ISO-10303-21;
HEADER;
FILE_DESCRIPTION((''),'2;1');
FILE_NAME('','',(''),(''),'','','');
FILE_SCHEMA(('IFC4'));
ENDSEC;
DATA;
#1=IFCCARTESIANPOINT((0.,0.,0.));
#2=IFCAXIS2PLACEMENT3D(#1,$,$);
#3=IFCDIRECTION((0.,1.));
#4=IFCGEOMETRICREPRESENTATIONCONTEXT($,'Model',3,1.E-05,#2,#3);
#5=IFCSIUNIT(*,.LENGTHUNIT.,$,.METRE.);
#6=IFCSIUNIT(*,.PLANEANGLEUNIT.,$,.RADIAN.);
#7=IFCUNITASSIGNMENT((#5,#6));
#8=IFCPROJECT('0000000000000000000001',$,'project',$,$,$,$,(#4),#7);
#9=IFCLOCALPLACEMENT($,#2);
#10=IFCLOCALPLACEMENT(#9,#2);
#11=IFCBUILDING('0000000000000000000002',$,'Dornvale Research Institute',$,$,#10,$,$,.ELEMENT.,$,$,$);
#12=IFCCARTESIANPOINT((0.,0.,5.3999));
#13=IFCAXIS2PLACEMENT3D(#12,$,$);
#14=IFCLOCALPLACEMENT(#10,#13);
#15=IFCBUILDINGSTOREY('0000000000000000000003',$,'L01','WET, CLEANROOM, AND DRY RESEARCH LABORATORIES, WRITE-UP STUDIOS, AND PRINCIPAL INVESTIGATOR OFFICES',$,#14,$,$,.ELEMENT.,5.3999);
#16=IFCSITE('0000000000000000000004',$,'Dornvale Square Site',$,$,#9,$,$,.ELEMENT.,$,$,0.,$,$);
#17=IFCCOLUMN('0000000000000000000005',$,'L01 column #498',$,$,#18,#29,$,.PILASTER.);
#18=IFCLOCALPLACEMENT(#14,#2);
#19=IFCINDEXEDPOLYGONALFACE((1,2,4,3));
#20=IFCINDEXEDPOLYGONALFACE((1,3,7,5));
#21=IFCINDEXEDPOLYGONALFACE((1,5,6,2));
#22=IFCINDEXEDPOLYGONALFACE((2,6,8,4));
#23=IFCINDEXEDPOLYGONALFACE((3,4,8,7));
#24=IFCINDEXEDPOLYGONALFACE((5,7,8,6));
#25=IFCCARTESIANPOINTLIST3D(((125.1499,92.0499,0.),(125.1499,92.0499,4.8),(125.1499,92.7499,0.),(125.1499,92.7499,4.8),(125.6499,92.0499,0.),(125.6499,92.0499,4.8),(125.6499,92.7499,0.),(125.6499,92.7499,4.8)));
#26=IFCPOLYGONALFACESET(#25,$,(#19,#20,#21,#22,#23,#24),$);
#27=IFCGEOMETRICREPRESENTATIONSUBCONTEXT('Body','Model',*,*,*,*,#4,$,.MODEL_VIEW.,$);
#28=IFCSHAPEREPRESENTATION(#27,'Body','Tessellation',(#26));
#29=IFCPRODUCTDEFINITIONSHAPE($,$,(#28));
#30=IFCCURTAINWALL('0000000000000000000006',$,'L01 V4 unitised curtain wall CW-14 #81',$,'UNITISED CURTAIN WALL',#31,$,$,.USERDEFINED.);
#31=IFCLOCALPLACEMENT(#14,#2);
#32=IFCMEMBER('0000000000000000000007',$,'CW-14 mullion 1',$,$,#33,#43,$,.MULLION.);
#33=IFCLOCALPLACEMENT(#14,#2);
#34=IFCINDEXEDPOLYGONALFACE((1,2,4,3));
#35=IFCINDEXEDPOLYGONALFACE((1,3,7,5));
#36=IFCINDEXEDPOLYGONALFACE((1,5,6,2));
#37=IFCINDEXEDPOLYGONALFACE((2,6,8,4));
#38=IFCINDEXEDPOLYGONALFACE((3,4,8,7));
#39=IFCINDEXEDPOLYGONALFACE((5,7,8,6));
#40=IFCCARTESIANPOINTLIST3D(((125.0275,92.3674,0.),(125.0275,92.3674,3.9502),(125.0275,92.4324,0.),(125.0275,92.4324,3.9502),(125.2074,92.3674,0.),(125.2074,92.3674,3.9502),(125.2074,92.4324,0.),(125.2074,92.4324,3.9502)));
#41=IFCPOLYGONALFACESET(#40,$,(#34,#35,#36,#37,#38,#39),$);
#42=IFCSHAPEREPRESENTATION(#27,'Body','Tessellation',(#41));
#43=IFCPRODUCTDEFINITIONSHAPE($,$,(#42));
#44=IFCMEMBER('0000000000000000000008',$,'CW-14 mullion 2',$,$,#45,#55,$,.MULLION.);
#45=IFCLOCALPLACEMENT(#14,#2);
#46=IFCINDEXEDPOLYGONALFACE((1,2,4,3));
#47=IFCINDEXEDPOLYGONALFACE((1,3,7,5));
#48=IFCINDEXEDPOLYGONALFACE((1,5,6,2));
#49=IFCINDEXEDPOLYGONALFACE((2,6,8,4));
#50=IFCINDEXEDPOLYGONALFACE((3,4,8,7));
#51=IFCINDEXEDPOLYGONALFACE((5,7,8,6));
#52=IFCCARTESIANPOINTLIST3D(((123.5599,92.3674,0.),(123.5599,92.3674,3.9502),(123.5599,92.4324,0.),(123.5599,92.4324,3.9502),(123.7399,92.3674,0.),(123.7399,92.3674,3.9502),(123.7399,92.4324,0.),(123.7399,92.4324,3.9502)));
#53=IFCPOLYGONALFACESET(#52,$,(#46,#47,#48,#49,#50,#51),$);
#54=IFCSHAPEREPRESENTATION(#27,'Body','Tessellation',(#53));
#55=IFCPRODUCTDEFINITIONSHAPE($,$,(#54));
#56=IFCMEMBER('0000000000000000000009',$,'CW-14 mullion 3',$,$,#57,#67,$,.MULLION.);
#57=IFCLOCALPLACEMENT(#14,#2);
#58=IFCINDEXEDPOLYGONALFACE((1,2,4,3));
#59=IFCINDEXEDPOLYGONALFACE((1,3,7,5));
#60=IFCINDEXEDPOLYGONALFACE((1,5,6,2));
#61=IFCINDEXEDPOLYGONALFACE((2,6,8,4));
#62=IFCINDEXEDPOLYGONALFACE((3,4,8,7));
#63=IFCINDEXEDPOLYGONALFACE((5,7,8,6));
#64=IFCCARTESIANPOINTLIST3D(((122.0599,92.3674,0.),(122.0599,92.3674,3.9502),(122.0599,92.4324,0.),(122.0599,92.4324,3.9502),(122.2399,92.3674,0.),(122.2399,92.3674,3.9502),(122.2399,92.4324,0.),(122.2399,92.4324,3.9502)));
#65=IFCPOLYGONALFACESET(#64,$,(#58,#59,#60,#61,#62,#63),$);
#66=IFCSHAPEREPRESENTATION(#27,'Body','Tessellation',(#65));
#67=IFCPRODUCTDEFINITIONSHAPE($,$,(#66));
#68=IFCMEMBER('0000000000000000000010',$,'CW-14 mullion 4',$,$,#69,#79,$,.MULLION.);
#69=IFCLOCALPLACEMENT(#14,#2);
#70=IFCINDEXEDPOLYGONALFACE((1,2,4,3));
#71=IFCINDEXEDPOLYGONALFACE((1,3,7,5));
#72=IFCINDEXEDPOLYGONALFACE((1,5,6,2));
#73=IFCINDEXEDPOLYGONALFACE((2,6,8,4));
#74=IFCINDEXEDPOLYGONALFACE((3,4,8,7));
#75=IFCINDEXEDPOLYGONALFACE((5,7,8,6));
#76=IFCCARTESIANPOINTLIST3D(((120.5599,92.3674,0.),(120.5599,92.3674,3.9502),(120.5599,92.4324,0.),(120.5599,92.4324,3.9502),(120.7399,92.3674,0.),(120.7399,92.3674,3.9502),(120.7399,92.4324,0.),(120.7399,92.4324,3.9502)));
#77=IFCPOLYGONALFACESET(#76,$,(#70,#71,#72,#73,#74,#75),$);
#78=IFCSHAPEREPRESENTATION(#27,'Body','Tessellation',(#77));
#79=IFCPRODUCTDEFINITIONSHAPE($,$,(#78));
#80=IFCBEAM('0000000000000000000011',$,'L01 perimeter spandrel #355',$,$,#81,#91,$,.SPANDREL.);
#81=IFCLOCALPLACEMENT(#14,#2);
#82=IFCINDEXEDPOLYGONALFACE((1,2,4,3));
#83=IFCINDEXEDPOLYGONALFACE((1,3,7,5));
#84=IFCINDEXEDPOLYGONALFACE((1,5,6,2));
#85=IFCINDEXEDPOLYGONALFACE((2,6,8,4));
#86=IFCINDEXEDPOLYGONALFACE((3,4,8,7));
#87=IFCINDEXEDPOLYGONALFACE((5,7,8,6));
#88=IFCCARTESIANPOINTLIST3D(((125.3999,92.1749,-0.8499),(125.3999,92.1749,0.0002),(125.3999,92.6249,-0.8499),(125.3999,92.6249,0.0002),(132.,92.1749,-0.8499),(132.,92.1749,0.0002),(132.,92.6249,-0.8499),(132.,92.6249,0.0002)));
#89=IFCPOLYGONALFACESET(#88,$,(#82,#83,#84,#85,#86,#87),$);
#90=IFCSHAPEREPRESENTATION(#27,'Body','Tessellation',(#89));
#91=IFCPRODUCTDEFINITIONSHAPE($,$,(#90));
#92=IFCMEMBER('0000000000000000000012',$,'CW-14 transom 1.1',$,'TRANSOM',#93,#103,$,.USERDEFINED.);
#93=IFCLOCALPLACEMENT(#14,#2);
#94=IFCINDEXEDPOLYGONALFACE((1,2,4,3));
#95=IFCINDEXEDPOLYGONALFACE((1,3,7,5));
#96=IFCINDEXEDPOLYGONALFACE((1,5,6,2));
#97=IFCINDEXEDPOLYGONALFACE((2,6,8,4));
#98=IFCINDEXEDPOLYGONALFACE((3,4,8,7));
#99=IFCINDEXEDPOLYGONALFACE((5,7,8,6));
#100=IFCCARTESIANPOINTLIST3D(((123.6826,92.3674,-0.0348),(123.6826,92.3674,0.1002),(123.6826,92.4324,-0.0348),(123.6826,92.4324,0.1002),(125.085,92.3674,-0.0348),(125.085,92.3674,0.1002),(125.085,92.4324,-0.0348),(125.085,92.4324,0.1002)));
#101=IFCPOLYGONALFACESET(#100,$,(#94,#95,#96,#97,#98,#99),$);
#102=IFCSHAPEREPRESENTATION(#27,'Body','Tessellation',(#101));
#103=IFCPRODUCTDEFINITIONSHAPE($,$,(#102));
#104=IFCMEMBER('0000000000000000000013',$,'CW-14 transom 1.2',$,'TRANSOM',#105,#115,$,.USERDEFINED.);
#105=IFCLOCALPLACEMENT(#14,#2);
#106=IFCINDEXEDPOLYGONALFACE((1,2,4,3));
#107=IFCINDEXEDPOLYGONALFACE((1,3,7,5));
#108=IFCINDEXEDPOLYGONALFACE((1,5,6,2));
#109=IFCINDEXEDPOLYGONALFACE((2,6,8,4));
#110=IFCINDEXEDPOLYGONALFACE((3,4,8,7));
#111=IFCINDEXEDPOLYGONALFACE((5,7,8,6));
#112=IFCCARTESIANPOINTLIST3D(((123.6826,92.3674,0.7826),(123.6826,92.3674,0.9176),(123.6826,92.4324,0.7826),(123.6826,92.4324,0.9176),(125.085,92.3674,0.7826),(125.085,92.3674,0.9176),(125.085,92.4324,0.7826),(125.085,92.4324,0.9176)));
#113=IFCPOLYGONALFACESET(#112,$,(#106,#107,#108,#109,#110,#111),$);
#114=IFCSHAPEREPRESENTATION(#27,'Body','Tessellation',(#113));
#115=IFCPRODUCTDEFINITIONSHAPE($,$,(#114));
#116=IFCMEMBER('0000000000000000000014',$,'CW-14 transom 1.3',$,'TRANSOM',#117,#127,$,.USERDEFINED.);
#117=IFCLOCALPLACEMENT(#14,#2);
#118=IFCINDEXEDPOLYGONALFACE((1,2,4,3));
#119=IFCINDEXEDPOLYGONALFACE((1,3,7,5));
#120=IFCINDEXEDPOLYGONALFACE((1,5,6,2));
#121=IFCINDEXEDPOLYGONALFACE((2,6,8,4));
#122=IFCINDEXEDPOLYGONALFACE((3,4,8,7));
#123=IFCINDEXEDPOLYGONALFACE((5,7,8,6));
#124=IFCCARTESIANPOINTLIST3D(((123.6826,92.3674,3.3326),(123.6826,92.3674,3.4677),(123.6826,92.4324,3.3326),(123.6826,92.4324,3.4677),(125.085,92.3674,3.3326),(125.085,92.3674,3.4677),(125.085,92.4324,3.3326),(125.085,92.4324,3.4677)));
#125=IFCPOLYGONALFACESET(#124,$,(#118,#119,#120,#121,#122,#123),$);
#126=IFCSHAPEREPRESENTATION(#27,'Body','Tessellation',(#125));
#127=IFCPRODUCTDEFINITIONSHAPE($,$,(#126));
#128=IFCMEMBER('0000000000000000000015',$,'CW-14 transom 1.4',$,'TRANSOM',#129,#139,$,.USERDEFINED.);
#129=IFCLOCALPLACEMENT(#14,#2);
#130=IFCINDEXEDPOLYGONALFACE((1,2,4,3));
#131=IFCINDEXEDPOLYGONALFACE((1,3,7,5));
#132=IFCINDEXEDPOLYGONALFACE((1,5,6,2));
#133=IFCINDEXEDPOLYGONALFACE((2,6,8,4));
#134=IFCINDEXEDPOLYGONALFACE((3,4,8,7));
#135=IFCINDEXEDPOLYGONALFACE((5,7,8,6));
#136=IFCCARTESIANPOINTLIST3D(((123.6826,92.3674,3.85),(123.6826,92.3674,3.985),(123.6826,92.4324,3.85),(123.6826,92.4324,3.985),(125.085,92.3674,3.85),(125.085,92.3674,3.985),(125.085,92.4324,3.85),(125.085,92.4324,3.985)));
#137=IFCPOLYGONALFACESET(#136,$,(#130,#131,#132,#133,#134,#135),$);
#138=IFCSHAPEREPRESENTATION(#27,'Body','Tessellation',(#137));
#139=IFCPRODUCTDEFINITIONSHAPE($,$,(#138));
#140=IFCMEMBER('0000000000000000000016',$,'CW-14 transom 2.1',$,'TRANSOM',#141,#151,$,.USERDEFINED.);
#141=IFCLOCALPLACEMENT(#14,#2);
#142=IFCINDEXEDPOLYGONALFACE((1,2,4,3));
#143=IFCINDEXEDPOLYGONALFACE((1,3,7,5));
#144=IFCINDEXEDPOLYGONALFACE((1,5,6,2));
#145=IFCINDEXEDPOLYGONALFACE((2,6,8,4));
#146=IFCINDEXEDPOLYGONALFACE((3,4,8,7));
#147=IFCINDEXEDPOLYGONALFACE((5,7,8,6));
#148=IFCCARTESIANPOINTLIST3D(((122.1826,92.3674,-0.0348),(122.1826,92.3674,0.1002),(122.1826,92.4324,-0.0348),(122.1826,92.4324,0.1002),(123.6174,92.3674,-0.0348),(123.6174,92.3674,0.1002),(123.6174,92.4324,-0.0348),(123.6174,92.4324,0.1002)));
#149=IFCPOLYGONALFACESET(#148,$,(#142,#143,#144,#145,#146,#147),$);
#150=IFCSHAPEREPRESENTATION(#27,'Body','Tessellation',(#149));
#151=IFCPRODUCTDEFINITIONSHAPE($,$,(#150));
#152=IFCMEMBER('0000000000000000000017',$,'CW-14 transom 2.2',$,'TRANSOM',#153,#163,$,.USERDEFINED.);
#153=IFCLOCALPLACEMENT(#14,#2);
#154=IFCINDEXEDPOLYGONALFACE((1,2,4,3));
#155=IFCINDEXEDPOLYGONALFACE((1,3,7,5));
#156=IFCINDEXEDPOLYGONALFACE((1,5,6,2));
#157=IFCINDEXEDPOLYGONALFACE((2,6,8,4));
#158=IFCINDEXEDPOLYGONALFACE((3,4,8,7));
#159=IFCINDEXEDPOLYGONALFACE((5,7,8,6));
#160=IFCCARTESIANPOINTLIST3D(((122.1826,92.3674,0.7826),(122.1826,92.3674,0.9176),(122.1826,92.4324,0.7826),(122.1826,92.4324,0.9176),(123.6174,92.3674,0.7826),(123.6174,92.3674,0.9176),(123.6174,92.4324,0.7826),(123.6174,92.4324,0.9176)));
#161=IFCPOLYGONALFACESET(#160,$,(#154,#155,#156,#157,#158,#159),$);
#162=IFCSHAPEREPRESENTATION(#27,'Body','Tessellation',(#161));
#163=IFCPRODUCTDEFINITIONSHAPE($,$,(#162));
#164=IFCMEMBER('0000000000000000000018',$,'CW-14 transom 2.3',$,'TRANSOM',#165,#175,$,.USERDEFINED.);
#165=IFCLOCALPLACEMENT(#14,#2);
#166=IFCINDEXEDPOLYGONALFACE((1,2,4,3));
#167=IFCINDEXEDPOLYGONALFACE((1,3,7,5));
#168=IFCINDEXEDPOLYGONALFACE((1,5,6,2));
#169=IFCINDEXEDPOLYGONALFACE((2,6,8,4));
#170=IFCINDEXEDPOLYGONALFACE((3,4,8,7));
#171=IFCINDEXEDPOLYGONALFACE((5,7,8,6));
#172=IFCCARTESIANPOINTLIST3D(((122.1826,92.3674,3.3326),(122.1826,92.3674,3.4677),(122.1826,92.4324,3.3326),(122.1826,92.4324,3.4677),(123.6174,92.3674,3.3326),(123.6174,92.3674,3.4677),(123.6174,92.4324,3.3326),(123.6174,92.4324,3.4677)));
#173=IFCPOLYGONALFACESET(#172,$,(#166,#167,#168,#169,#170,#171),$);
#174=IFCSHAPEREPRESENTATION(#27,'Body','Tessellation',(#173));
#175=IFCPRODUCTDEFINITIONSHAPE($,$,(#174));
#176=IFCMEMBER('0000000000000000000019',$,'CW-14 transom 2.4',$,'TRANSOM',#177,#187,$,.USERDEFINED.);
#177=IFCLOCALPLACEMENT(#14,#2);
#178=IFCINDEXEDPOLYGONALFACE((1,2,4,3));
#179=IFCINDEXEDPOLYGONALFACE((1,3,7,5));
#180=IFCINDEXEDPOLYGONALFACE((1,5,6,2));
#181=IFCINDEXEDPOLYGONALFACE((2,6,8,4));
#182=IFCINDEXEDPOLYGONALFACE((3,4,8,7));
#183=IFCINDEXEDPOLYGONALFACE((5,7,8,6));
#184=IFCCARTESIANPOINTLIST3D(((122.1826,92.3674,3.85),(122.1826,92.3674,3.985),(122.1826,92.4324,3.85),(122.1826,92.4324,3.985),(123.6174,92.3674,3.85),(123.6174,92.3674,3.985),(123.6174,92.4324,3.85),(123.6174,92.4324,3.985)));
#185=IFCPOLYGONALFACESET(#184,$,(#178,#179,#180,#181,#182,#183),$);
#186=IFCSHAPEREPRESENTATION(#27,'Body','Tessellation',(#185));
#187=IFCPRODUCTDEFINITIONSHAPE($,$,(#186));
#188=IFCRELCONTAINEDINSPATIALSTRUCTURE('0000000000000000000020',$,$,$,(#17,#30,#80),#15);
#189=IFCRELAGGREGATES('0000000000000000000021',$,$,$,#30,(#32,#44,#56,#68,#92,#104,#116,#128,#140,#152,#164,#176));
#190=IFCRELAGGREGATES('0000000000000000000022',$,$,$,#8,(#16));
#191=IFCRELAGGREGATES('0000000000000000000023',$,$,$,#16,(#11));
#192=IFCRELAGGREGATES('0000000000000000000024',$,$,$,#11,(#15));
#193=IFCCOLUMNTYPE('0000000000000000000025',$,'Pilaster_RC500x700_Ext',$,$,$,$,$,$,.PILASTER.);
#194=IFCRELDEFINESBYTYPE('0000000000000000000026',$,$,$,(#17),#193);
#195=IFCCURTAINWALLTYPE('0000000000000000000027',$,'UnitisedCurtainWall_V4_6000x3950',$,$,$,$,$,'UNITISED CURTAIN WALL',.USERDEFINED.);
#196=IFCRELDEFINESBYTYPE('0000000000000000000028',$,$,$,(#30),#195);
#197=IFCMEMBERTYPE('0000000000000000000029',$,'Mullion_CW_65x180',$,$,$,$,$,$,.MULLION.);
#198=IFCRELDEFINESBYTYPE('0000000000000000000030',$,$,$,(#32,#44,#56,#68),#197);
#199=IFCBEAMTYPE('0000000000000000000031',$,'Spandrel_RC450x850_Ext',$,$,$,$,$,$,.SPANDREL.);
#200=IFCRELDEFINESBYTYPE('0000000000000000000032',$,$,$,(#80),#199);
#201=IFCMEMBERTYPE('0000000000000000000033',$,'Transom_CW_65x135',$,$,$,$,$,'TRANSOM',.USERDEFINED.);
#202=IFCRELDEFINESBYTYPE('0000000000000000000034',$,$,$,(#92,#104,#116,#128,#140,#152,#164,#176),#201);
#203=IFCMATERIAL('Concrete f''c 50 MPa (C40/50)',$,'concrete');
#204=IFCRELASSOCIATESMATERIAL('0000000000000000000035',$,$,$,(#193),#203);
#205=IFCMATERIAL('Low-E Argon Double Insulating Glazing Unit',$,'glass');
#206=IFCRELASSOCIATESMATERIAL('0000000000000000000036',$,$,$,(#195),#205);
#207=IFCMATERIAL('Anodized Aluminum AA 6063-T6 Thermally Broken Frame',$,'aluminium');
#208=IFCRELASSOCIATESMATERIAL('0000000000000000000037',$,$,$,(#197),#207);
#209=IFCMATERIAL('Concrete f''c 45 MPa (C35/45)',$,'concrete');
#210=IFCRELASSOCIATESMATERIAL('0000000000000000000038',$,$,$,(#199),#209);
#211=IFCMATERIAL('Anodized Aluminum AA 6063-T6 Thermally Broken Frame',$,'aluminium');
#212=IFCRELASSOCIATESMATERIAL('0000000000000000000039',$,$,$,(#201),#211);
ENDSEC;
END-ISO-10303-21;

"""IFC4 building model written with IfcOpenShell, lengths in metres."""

from ifc_helpers import new_model, si_unit, direction, frame, origin, origin_2d, place, context, subcontext, project, spatial, rectangle, extrude, material, material_profile, profile_set, type_object, element, aggregate, save


model = new_model("IFC4")

# Units and contexts
model_context = context("Model", 3, precision=1e-05, world=origin(), true_north=direction((0.0, 1.0)))
body_context = subcontext(model_context, "Body", "Model", "MODEL_VIEW")
ifc_project = project(units=[si_unit("LENGTHUNIT", "METRE"), si_unit("PLANEANGLEUNIT", "RADIAN")], contexts=[model_context])

# Site, building, storey
site_placement = place(None, origin())
site = spatial("IfcSite", under=ifc_project, at=site_placement, Name="Dornvale Square Site", CompositionType="ELEMENT", RefElevation=0.0)
building_placement = place(site_placement, origin())
building = spatial("IfcBuilding", under=site, at=building_placement, Name="Dornvale Research Institute", CompositionType="ELEMENT")
storey_placement = place(building_placement, frame((0.0, 0.0, 5.3999)))
storey = spatial("IfcBuildingStorey", under=building, at=storey_placement, Name="L01", Description="WET, CLEANROOM, AND DRY RESEARCH LABORATORIES, WRITE-UP STUDIOS, AND PRINCIPAL INVESTIGATOR OFFICES", CompositionType="ELEMENT", Elevation=5.3999)

# Column
ifc_material_1 = material(Name="Concrete f'c 50 MPa (C40/50)", Category="concrete")
ifc_material_profile_1 = material_profile(ifc_material_1, rectangle(XDim=0.5, YDim=0.7, at=origin_2d()), Name="RC 500x700")
ifc_profile_set_1 = profile_set([ifc_material_profile_1], Name="Concrete f'c 50 MPa (C40/50)")
column_type = type_object("IfcColumnType", Name="Pilaster_RC500x700_Ext", PredefinedType="PILASTER", material=ifc_profile_set_1)
column_placement = place(storey_placement, frame((125.3999, 92.3999, 0.0), z_axis=(0.0, 0.0, 1.0), x_axis=(1.0, 0.0, 0.0)))
element("IfcColumn", 1, at=column_placement, inside=storey, type_object=column_type, Name="L01 column #498", PredefinedType="PILASTER", context=body_context, shape_type="SweptSolid", body=[
    extrude(rectangle(XDim=0.5, YDim=0.7, at=origin_2d()), origin(), (0.0, 0.0, 1.0), 4.8),
])

# Curtain wall, members
ifc_material_2 = material(Name="Low-E Argon Double Insulating Glazing Unit", Category="glass")
curtain_wall_type = type_object("IfcCurtainWallType", Name="UnitisedCurtainWall_V4_6000x3950", ElementType="UNITISED CURTAIN WALL", PredefinedType="USERDEFINED", material=ifc_material_2)
curtain_wall_placement = place(storey_placement, origin())
curtain_wall = element("IfcCurtainWall", 2, at=curtain_wall_placement, inside=storey, type_object=curtain_wall_type, Name="L01 V4 unitised curtain wall CW-14 #81", ObjectType="UNITISED CURTAIN WALL", PredefinedType="USERDEFINED")
ifc_material_3 = material(Name="Anodized Aluminum AA 6063-T6 Thermally Broken Frame", Category="aluminium")
ifc_material_profile_2 = material_profile(ifc_material_3, rectangle(XDim=0.0649, YDim=0.1799, at=origin_2d()), Name="ALU MULLION 65x180")
ifc_profile_set_2 = profile_set([ifc_material_profile_2], Name="Anodized Aluminum AA 6063-T6 Thermally Broken Frame")
member_type_1 = type_object("IfcMemberType", Name="Mullion_CW_65x180", PredefinedType="MULLION", material=ifc_profile_set_2)
member_1_placement = place(storey_placement, frame((125.1174, 92.3999, 0.0), z_axis=(0.0, 0.0, 1.0), x_axis=(0.0, -1.0, 0.0)))
member_1 = element("IfcMember", 3, at=member_1_placement, type_object=member_type_1, Name="CW-14 mullion 1", PredefinedType="MULLION", context=body_context, shape_type="SweptSolid", body=[
    extrude(rectangle(XDim=0.0649, YDim=0.1799, at=origin_2d()), origin(), (0.0, 0.0, 1.0), 3.9502),
])
member_2_placement = place(storey_placement, frame((123.6499, 92.3999, 0.0), z_axis=(0.0, 0.0, 1.0), x_axis=(0.0, -1.0, 0.0)))
member_2 = element("IfcMember", 4, at=member_2_placement, type_object=member_type_1, Name="CW-14 mullion 2", PredefinedType="MULLION", context=body_context, shape_type="SweptSolid", body=[
    extrude(rectangle(XDim=0.0649, YDim=0.1799, at=origin_2d()), origin(), (0.0, 0.0, 1.0), 3.9502),
])
member_3_placement = place(storey_placement, frame((122.1499, 92.3999, 0.0), z_axis=(0.0, 0.0, 1.0), x_axis=(0.0, -1.0, 0.0)))
member_3 = element("IfcMember", 5, at=member_3_placement, type_object=member_type_1, Name="CW-14 mullion 3", PredefinedType="MULLION", context=body_context, shape_type="SweptSolid", body=[
    extrude(rectangle(XDim=0.0649, YDim=0.1799, at=origin_2d()), origin(), (0.0, 0.0, 1.0), 3.9502),
])
member_4_placement = place(storey_placement, frame((120.6499, 92.3999, 0.0), z_axis=(0.0, 0.0, 1.0), x_axis=(0.0, -1.0, 0.0)))
member_4 = element("IfcMember", 6, at=member_4_placement, type_object=member_type_1, Name="CW-14 mullion 4", PredefinedType="MULLION", context=body_context, shape_type="SweptSolid", body=[
    extrude(rectangle(XDim=0.0649, YDim=0.1799, at=origin_2d()), origin(), (0.0, 0.0, 1.0), 3.9502),
])

# Beam
ifc_material_4 = material(Name="Concrete f'c 45 MPa (C35/45)", Category="concrete")
ifc_material_profile_3 = material_profile(ifc_material_4, rectangle(XDim=0.45, YDim=0.8501, at=origin_2d()), Name="RC 450x850")
ifc_profile_set_3 = profile_set([ifc_material_profile_3], Name="Concrete f'c 45 MPa (C35/45)")
beam_type = type_object("IfcBeamType", Name="Spandrel_RC450x850_Ext", PredefinedType="SPANDREL", material=ifc_profile_set_3)
beam_placement = place(storey_placement, frame((125.3999, 92.3999, -0.4248), z_axis=(1.0, 0.0, 0.0), x_axis=(0.0, 1.0, 0.0)))
element("IfcBeam", 7, at=beam_placement, inside=storey, type_object=beam_type, Name="L01 perimeter spandrel #355", PredefinedType="SPANDREL", context=body_context, shape_type="SweptSolid", body=[
    extrude(rectangle(XDim=0.45, YDim=0.8501, at=origin_2d()), origin(), (0.0, 0.0, 1.0), 6.6001),
])

# Members
ifc_material_5 = material(Name="Anodized Aluminum AA 6063-T6 Thermally Broken Frame", Category="aluminium")
ifc_material_profile_4 = material_profile(ifc_material_5, rectangle(XDim=0.0649, YDim=0.135, at=origin_2d()), Name="ALU TRANSOM 65x135")
ifc_profile_set_4 = profile_set([ifc_material_profile_4], Name="Anodized Aluminum AA 6063-T6 Thermally Broken Frame")
member_type_2 = type_object("IfcMemberType", Name="Transom_CW_65x135", ElementType="TRANSOM", PredefinedType="USERDEFINED", material=ifc_profile_set_4)
member_5_placement = place(storey_placement, frame((125.085, 92.3999, 0.0327), z_axis=(-1.0, 0.0, 0.0), x_axis=(0.0, -1.0, 0.0)))
member_5 = element("IfcMember", 8, at=member_5_placement, type_object=member_type_2, Name="CW-14 transom 1.1", ObjectType="TRANSOM", PredefinedType="USERDEFINED", context=body_context, shape_type="SweptSolid", body=[
    extrude(rectangle(XDim=0.0649, YDim=0.135, at=origin_2d()), origin(), (0.0, 0.0, 1.0), 1.4023),
])
member_6_placement = place(storey_placement, frame((125.085, 92.3999, 0.8501), z_axis=(-1.0, 0.0, 0.0), x_axis=(0.0, -1.0, 0.0)))
member_6 = element("IfcMember", 9, at=member_6_placement, type_object=member_type_2, Name="CW-14 transom 1.2", ObjectType="TRANSOM", PredefinedType="USERDEFINED", context=body_context, shape_type="SweptSolid", body=[
    extrude(rectangle(XDim=0.0649, YDim=0.135, at=origin_2d()), origin(), (0.0, 0.0, 1.0), 1.4023),
])
member_7_placement = place(storey_placement, frame((125.085, 92.3999, 3.4001), z_axis=(-1.0, 0.0, 0.0), x_axis=(0.0, -1.0, 0.0)))
member_7 = element("IfcMember", 10, at=member_7_placement, type_object=member_type_2, Name="CW-14 transom 1.3", ObjectType="TRANSOM", PredefinedType="USERDEFINED", context=body_context, shape_type="SweptSolid", body=[
    extrude(rectangle(XDim=0.0649, YDim=0.135, at=origin_2d()), origin(), (0.0, 0.0, 1.0), 1.4023),
])
member_8_placement = place(storey_placement, frame((125.085, 92.3999, 3.9175), z_axis=(-1.0, 0.0, 0.0), x_axis=(0.0, -1.0, 0.0)))
member_8 = element("IfcMember", 11, at=member_8_placement, type_object=member_type_2, Name="CW-14 transom 1.4", ObjectType="TRANSOM", PredefinedType="USERDEFINED", context=body_context, shape_type="SweptSolid", body=[
    extrude(rectangle(XDim=0.0649, YDim=0.135, at=origin_2d()), origin(), (0.0, 0.0, 1.0), 1.4023),
])
member_9_placement = place(storey_placement, frame((123.6174, 92.3999, 0.0327), z_axis=(-1.0, 0.0, 0.0), x_axis=(0.0, -1.0, 0.0)))
member_9 = element("IfcMember", 12, at=member_9_placement, type_object=member_type_2, Name="CW-14 transom 2.1", ObjectType="TRANSOM", PredefinedType="USERDEFINED", context=body_context, shape_type="SweptSolid", body=[
    extrude(rectangle(XDim=0.0649, YDim=0.135, at=origin_2d()), origin(), (0.0, 0.0, 1.0), 1.4348),
])
member_10_placement = place(storey_placement, frame((123.6174, 92.3999, 0.8501), z_axis=(-1.0, 0.0, 0.0), x_axis=(0.0, -1.0, 0.0)))
member_10 = element("IfcMember", 13, at=member_10_placement, type_object=member_type_2, Name="CW-14 transom 2.2", ObjectType="TRANSOM", PredefinedType="USERDEFINED", context=body_context, shape_type="SweptSolid", body=[
    extrude(rectangle(XDim=0.0649, YDim=0.135, at=origin_2d()), origin(), (0.0, 0.0, 1.0), 1.4348),
])
member_11_placement = place(storey_placement, frame((123.6174, 92.3999, 3.4001), z_axis=(-1.0, 0.0, 0.0), x_axis=(0.0, -1.0, 0.0)))
member_11 = element("IfcMember", 14, at=member_11_placement, type_object=member_type_2, Name="CW-14 transom 2.3", ObjectType="TRANSOM", PredefinedType="USERDEFINED", context=body_context, shape_type="SweptSolid", body=[
    extrude(rectangle(XDim=0.0649, YDim=0.135, at=origin_2d()), origin(), (0.0, 0.0, 1.0), 1.4348),
])
member_12_placement = place(storey_placement, frame((123.6174, 92.3999, 3.9175), z_axis=(-1.0, 0.0, 0.0), x_axis=(0.0, -1.0, 0.0)))
member_12 = element("IfcMember", 15, at=member_12_placement, type_object=member_type_2, Name="CW-14 transom 2.4", ObjectType="TRANSOM", PredefinedType="USERDEFINED", context=body_context, shape_type="SweptSolid", body=[
    extrude(rectangle(XDim=0.0649, YDim=0.135, at=origin_2d()), origin(), (0.0, 0.0, 1.0), 1.4348),
])

aggregate(curtain_wall, [member_1, member_2, member_3, member_4, member_5, member_6, member_7, member_8, member_9, member_10, member_11, member_12])

save(model, "model.ifc")
